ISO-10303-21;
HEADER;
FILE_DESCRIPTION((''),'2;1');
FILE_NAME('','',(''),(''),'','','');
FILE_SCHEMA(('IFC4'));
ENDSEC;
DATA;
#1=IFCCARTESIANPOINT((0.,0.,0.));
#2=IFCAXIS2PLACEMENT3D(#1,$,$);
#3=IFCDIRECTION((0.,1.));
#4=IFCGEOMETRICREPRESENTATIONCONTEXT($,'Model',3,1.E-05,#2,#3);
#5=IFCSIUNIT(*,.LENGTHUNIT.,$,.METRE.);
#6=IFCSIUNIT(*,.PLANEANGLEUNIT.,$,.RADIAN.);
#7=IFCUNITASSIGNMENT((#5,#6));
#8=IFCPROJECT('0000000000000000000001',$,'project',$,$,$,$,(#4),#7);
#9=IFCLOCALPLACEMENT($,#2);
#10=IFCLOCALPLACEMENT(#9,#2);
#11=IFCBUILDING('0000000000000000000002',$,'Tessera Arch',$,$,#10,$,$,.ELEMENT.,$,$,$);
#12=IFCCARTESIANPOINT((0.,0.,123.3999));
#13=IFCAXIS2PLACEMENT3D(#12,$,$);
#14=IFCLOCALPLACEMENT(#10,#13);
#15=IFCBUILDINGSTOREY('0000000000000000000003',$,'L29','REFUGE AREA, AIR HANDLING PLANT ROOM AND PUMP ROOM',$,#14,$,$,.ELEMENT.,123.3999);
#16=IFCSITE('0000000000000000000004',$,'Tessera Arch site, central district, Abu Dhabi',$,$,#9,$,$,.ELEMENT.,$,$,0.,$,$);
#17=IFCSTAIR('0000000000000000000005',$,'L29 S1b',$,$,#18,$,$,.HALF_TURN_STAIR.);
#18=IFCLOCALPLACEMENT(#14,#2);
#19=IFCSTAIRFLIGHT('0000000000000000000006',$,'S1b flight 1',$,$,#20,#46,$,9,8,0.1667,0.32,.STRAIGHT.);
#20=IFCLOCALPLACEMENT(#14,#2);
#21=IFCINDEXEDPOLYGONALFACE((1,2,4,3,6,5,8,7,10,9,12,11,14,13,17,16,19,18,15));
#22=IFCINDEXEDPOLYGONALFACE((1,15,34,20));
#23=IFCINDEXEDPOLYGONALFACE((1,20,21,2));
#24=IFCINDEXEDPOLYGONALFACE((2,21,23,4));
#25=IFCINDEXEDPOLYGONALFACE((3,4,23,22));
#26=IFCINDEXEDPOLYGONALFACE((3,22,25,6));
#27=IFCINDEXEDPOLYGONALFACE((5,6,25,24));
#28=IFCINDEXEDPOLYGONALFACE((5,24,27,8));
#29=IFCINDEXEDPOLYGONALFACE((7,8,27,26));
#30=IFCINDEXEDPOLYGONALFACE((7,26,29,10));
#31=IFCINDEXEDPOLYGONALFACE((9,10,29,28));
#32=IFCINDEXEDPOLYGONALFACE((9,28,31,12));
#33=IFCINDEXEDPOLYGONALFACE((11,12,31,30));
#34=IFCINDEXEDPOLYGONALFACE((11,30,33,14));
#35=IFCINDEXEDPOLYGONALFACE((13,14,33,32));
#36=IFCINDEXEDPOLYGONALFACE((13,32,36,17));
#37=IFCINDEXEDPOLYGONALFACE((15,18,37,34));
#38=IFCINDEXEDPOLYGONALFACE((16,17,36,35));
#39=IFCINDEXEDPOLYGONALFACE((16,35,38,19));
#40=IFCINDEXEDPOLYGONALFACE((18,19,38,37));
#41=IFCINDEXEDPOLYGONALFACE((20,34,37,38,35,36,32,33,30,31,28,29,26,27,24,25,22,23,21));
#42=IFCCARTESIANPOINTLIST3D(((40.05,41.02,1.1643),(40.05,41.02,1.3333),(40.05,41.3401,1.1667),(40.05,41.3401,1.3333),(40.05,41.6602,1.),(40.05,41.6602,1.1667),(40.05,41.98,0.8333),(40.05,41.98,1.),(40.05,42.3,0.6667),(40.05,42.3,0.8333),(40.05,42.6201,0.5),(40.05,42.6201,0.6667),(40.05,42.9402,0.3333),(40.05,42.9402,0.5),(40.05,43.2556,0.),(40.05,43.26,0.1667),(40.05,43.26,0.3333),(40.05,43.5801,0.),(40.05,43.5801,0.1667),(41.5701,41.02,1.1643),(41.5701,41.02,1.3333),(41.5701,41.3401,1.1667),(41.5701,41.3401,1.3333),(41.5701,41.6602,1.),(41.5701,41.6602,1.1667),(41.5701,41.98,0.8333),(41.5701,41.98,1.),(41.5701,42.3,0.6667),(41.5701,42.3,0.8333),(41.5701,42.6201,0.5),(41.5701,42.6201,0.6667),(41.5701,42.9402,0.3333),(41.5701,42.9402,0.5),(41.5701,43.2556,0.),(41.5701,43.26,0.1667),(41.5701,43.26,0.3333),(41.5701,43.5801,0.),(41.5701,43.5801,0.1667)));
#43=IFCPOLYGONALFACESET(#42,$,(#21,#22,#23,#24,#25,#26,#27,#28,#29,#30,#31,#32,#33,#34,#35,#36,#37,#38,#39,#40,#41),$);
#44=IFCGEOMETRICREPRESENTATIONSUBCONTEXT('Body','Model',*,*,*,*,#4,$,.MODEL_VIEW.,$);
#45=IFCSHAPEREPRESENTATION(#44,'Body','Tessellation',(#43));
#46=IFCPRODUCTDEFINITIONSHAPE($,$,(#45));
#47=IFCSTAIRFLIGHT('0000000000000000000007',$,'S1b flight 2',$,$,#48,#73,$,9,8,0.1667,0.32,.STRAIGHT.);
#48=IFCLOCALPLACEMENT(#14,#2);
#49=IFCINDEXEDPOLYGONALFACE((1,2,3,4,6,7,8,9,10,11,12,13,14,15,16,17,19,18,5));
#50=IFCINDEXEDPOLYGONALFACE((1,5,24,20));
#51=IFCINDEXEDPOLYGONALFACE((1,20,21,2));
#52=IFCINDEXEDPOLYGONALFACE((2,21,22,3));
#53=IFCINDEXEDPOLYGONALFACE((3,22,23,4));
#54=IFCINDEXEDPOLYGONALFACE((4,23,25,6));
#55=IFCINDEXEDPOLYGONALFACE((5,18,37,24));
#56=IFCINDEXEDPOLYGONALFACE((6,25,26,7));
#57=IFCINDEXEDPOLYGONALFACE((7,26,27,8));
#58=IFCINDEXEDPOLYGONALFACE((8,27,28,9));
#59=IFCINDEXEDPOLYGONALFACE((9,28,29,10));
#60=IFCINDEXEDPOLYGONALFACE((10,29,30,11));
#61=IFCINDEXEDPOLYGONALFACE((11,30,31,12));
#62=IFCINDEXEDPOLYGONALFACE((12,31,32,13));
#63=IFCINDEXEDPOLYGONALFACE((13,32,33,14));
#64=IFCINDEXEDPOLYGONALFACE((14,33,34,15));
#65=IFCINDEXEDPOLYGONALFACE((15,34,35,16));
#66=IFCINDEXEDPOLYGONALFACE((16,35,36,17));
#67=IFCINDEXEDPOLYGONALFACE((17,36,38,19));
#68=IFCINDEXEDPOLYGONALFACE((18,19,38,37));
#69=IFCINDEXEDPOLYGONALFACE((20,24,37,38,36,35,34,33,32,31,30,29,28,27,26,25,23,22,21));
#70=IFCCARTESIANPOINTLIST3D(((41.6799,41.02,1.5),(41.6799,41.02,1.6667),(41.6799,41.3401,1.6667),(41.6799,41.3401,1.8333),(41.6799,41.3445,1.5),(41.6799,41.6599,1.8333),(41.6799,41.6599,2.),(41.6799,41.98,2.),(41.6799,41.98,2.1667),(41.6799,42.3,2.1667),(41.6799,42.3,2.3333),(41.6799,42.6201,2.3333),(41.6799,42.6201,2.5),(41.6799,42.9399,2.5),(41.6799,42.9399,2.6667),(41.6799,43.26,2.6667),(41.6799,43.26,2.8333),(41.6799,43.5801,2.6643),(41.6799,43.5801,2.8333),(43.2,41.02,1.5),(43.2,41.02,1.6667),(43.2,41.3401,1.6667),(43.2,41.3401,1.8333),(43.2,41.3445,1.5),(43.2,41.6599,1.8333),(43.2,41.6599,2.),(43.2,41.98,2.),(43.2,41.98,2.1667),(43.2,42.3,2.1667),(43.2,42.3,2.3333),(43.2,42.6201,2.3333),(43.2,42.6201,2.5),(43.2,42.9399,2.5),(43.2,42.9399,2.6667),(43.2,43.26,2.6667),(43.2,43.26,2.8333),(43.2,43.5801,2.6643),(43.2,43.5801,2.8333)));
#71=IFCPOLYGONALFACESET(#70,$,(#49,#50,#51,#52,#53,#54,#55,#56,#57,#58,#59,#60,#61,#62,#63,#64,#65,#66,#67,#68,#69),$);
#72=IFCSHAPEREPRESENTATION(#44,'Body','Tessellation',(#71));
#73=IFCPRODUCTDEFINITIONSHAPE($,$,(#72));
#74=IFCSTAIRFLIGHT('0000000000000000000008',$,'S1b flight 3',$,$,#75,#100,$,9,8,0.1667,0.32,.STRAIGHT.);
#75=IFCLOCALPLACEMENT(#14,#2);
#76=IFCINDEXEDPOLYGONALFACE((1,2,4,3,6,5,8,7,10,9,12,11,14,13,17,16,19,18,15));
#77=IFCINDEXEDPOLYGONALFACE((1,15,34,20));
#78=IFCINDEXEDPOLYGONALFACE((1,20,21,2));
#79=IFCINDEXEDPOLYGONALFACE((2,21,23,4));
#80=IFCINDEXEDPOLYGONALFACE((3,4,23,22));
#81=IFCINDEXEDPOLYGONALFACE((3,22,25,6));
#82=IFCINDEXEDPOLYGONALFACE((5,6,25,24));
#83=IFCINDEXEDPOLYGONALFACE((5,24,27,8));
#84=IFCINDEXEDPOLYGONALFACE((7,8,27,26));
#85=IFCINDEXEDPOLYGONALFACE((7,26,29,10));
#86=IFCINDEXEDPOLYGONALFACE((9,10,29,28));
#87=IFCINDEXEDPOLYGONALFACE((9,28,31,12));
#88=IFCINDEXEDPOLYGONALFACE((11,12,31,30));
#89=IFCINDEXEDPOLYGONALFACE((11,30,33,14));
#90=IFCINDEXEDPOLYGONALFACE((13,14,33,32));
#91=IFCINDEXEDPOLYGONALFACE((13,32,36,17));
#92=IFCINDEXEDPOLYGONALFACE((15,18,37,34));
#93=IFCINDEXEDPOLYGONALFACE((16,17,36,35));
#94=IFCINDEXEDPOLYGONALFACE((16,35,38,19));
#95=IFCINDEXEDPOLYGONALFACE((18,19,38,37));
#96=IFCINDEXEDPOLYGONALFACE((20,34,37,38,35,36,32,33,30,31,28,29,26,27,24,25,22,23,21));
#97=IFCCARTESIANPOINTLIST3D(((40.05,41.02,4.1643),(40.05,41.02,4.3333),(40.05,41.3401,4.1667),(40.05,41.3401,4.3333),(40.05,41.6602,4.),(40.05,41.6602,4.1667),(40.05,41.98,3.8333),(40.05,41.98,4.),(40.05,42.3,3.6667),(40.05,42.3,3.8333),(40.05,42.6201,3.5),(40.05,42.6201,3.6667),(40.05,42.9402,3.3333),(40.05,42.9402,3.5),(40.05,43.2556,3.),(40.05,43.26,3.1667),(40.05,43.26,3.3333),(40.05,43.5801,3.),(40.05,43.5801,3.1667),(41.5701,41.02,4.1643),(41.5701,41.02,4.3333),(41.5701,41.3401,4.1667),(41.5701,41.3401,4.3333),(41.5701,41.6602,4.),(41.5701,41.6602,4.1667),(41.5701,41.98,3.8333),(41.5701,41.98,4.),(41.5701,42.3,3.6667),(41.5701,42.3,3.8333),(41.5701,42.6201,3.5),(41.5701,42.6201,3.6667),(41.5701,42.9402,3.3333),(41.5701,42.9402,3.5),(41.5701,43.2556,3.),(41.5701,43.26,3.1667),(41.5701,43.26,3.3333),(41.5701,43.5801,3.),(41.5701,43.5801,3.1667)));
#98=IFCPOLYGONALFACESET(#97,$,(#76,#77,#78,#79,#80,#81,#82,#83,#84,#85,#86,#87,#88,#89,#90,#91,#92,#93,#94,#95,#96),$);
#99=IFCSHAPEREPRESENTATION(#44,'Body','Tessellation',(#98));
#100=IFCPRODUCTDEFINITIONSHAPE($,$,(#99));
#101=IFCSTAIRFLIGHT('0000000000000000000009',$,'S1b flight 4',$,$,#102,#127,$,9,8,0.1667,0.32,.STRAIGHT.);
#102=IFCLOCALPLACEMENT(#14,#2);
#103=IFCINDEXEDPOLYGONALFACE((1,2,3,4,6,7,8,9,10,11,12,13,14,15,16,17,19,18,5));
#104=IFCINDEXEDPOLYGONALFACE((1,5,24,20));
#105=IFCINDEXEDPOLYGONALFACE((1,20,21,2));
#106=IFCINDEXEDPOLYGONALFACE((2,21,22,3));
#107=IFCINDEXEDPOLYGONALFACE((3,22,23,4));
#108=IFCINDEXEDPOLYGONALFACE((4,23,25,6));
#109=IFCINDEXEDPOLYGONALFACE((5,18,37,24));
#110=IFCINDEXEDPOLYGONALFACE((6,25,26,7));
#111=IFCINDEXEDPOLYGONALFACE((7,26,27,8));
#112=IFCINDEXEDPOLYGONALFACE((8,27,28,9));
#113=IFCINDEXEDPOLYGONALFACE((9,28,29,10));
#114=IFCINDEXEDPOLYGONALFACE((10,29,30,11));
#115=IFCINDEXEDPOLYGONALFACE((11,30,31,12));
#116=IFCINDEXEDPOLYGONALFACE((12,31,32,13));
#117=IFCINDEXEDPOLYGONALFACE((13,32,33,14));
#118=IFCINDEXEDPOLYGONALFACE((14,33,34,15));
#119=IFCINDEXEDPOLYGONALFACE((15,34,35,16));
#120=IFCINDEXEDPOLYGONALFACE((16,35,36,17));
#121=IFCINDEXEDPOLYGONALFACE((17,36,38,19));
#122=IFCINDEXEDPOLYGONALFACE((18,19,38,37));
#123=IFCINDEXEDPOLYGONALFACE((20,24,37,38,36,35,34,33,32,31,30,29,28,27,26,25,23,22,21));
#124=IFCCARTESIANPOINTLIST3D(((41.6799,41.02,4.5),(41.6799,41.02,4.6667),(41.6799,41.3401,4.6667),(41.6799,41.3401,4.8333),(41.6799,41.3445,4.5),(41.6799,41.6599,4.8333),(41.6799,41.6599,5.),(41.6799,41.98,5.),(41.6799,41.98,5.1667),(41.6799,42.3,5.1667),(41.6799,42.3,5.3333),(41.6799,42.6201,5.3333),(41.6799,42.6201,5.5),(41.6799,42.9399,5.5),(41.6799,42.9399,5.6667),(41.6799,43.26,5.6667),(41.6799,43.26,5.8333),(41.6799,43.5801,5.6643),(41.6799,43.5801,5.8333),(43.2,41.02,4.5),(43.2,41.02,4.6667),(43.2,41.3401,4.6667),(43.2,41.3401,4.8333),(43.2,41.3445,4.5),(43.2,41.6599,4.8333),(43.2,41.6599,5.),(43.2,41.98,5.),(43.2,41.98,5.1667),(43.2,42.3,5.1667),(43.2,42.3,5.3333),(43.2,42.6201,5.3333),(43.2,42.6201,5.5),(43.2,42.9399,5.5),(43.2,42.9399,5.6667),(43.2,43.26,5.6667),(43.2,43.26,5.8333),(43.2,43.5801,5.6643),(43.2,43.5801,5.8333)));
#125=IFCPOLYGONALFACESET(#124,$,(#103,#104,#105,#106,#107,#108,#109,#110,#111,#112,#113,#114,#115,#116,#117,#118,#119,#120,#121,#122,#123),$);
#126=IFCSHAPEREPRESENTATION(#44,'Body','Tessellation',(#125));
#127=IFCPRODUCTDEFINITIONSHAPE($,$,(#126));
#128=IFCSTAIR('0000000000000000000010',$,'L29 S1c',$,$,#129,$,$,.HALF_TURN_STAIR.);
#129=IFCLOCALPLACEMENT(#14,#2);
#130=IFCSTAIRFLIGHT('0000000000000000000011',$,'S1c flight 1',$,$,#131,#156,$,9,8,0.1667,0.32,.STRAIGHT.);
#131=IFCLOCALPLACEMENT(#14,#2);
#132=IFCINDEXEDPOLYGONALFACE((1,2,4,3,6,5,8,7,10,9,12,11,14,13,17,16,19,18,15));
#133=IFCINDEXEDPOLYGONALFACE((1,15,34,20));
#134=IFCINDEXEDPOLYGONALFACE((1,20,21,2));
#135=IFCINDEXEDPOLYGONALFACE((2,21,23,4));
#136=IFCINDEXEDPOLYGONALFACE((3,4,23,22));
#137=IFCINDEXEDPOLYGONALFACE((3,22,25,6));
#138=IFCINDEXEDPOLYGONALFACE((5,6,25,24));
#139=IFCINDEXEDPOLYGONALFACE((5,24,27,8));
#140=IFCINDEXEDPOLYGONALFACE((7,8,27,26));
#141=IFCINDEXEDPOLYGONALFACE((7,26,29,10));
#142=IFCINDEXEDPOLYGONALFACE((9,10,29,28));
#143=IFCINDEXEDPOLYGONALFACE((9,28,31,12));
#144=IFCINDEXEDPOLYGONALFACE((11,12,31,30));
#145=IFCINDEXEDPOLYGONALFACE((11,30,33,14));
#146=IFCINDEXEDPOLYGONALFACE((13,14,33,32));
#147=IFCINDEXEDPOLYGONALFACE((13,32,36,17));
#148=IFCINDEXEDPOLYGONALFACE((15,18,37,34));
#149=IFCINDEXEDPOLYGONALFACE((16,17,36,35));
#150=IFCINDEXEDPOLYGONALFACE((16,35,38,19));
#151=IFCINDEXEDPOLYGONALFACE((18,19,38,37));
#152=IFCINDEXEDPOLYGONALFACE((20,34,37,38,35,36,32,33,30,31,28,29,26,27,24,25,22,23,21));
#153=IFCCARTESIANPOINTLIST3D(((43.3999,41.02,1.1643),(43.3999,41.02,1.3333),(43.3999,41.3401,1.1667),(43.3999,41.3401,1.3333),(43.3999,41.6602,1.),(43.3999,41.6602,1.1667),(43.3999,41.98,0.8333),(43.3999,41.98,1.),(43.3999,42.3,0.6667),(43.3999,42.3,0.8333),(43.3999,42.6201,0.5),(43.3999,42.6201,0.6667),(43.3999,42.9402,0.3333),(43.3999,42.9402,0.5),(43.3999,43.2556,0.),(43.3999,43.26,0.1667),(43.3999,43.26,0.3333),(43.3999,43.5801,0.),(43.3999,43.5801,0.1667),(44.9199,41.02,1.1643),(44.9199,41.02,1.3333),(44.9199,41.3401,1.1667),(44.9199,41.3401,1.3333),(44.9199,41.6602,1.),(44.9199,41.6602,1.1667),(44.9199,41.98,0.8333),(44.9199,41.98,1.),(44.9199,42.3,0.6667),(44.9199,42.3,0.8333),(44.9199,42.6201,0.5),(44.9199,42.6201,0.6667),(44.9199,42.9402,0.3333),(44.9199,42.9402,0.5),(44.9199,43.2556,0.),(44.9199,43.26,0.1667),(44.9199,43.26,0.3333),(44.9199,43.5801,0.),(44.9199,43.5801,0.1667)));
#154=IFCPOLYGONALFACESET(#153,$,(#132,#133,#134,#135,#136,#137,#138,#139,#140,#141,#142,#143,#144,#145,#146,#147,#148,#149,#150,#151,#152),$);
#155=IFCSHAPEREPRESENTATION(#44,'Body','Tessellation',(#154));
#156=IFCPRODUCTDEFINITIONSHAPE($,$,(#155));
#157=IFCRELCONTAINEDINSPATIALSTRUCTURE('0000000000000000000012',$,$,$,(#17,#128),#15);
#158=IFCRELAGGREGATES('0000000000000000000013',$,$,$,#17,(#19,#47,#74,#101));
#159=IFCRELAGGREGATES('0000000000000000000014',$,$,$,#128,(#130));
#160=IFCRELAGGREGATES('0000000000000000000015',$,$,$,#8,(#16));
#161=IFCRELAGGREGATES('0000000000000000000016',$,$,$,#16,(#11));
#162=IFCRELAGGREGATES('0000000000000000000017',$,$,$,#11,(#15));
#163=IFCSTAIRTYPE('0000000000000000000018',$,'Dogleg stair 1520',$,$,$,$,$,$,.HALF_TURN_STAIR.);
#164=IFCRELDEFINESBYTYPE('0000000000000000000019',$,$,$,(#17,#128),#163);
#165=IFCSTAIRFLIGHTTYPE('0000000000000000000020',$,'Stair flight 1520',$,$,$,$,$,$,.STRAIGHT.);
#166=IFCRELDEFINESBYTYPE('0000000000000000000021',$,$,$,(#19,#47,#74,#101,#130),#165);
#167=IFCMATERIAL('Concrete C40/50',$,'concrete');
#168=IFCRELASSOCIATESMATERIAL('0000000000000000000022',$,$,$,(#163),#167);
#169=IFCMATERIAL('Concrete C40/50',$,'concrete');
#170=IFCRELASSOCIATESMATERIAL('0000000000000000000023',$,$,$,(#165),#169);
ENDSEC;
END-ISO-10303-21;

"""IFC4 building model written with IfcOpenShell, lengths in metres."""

from ifc_helpers import new_model, si_unit, direction, frame, origin, place, context, subcontext, project, spatial, polyline, outline, extrude, material, type_object, element, aggregate, save


model = new_model("IFC4")

# Units and contexts
model_context = context("Model", 3, precision=1e-05, world=origin(), true_north=direction((0.0, 1.0)))
body_context = subcontext(model_context, "Body", "Model", "MODEL_VIEW")
ifc_project = project(units=[si_unit("LENGTHUNIT", "METRE"), si_unit("PLANEANGLEUNIT", "RADIAN")], contexts=[model_context])

# Site, building, storey
site_placement = place(None, origin())
site = spatial("IfcSite", under=ifc_project, at=site_placement, Name="Tessera Arch site, central district, Abu Dhabi", CompositionType="ELEMENT", RefElevation=0.0)
building_placement = place(site_placement, origin())
building = spatial("IfcBuilding", under=site, at=building_placement, Name="Tessera Arch", CompositionType="ELEMENT")
storey_placement = place(building_placement, frame((0.0, 0.0, 123.3999)))
storey = spatial("IfcBuildingStorey", under=building, at=storey_placement, Name="L29", Description="REFUGE AREA, AIR HANDLING PLANT ROOM AND PUMP ROOM", CompositionType="ELEMENT", Elevation=123.3999)

# Stair, stair flights
ifc_material_1 = material(Name="Concrete C40/50", Category="concrete")
stair_type = type_object("IfcStairType", Name="Dogleg stair 1520", PredefinedType="HALF_TURN_STAIR", material=ifc_material_1)
stair_1_placement = place(storey_placement, origin())
stair_1 = element("IfcStair", 1, at=stair_1_placement, inside=storey, type_object=stair_type, Name="L29 S1b", PredefinedType="HALF_TURN_STAIR")
ifc_material_2 = material(Name="Concrete C40/50", Category="concrete")
stair_flight_type = type_object("IfcStairFlightType", Name="Stair flight 1520", PredefinedType="STRAIGHT", material=ifc_material_2)
stair_flight_1_placement = place(storey_placement, frame((40.8101, 43.5801, 0.0), z_axis=(0.0, 0.0, 1.0), x_axis=(0.0, -1.0, 0.0)))
stair_flight_1 = element("IfcStairFlight", 2, at=stair_flight_1_placement, type_object=stair_flight_type, Name="S1b flight 1", NumberOfRisers=9, NumberOfTreads=8, PredefinedType="STRAIGHT", RiserHeight=0.1667, TreadLength=0.32, context=body_context, shape_type="SweptSolid", body=[
    extrude(outline(polyline([(0.0, 0.0), (0.0, 0.1667), (0.3201, 0.1667), (0.3201, 0.3333), (0.6399, 0.3333), (0.6399, 0.5), (0.96, 0.5), (0.96, 0.6667), (1.28, 0.6667), (1.28, 0.8333), (1.6001, 0.8333), (1.6001, 1.0), (1.9199, 1.0), (1.9199, 1.1667), (2.24, 1.1667), (2.24, 1.3333), (2.5601, 1.3333), (2.5601, 1.5), (2.5601, 1.1643), (0.3245, 0.0), (0.0, 0.0)])), frame((0.0, 0.76, 0.0), z_axis=(0.0, -1.0, 0.0), x_axis=(1.0, 0.0, 0.0)), (0.0, 0.0, 1.0), 1.52),
])
stair_flight_2_placement = place(storey_placement, frame((42.4399, 41.02, 1.5), z_axis=(0.0, 0.0, 1.0), x_axis=(0.0, 1.0, 0.0)))
stair_flight_2 = element("IfcStairFlight", 3, at=stair_flight_2_placement, type_object=stair_flight_type, Name="S1b flight 2", NumberOfRisers=9, NumberOfTreads=8, PredefinedType="STRAIGHT", RiserHeight=0.1667, TreadLength=0.32, context=body_context, shape_type="SweptSolid", body=[
    extrude(outline(polyline([(0.0, 0.0), (0.0, 0.1667), (0.3201, 0.1667), (0.3201, 0.3333), (0.6399, 0.3333), (0.6399, 0.5), (0.96, 0.5), (0.96, 0.6667), (1.28, 0.6667), (1.28, 0.8333), (1.6001, 0.8333), (1.6001, 1.0), (1.9199, 1.0), (1.9199, 1.1667), (2.24, 1.1667), (2.24, 1.3333), (2.5601, 1.3333), (2.5601, 1.5), (2.5601, 1.1643), (0.3245, 0.0), (0.0, 0.0)])), frame((0.0, 0.76, 0.0), z_axis=(0.0, -1.0, 0.0), x_axis=(1.0, 0.0, 0.0)), (0.0, 0.0, 1.0), 1.52),
])
stair_flight_3_placement = place(storey_placement, frame((40.8101, 43.5801, 3.0), z_axis=(0.0, 0.0, 1.0), x_axis=(0.0, -1.0, 0.0)))
stair_flight_3 = element("IfcStairFlight", 4, at=stair_flight_3_placement, type_object=stair_flight_type, Name="S1b flight 3", NumberOfRisers=9, NumberOfTreads=8, PredefinedType="STRAIGHT", RiserHeight=0.1667, TreadLength=0.32, context=body_context, shape_type="SweptSolid", body=[
    extrude(outline(polyline([(0.0, 0.0), (0.0, 0.1667), (0.3201, 0.1667), (0.3201, 0.3333), (0.6399, 0.3333), (0.6399, 0.5), (0.96, 0.5), (0.96, 0.6667), (1.28, 0.6667), (1.28, 0.8333), (1.6001, 0.8333), (1.6001, 1.0), (1.9199, 1.0), (1.9199, 1.1667), (2.24, 1.1667), (2.24, 1.3333), (2.5601, 1.3333), (2.5601, 1.5), (2.5601, 1.1643), (0.3245, 0.0), (0.0, 0.0)])), frame((0.0, 0.76, 0.0), z_axis=(0.0, -1.0, 0.0), x_axis=(1.0, 0.0, 0.0)), (0.0, 0.0, 1.0), 1.52),
])
stair_flight_4_placement = place(storey_placement, frame((42.4399, 41.02, 4.5), z_axis=(0.0, 0.0, 1.0), x_axis=(0.0, 1.0, 0.0)))
stair_flight_4 = element("IfcStairFlight", 5, at=stair_flight_4_placement, type_object=stair_flight_type, Name="S1b flight 4", NumberOfRisers=9, NumberOfTreads=8, PredefinedType="STRAIGHT", RiserHeight=0.1667, TreadLength=0.32, context=body_context, shape_type="SweptSolid", body=[
    extrude(outline(polyline([(0.0, 0.0), (0.0, 0.1667), (0.3201, 0.1667), (0.3201, 0.3333), (0.6399, 0.3333), (0.6399, 0.5), (0.96, 0.5), (0.96, 0.6667), (1.28, 0.6667), (1.28, 0.8333), (1.6001, 0.8333), (1.6001, 1.0), (1.9199, 1.0), (1.9199, 1.1667), (2.24, 1.1667), (2.24, 1.3333), (2.5601, 1.3333), (2.5601, 1.5), (2.5601, 1.1643), (0.3245, 0.0), (0.0, 0.0)])), frame((0.0, 0.76, 0.0), z_axis=(0.0, -1.0, 0.0), x_axis=(1.0, 0.0, 0.0)), (0.0, 0.0, 1.0), 1.52),
])
aggregate(stair_1, [stair_flight_1, stair_flight_2, stair_flight_3, stair_flight_4])

# Stair, stair flight
stair_2_placement = place(storey_placement, origin())
stair_2 = element("IfcStair", 6, at=stair_2_placement, inside=storey, type_object=stair_type, Name="L29 S1c", PredefinedType="HALF_TURN_STAIR")
stair_flight_5_placement = place(storey_placement, frame((44.1599, 43.5801, 0.0), z_axis=(0.0, 0.0, 1.0), x_axis=(0.0, -1.0, 0.0)))
stair_flight_5 = element("IfcStairFlight", 7, at=stair_flight_5_placement, type_object=stair_flight_type, Name="S1c flight 1", NumberOfRisers=9, NumberOfTreads=8, PredefinedType="STRAIGHT", RiserHeight=0.1667, TreadLength=0.32, context=body_context, shape_type="SweptSolid", body=[
    extrude(outline(polyline([(0.0, 0.0), (0.0, 0.1667), (0.3201, 0.1667), (0.3201, 0.3333), (0.6399, 0.3333), (0.6399, 0.5), (0.96, 0.5), (0.96, 0.6667), (1.28, 0.6667), (1.28, 0.8333), (1.6001, 0.8333), (1.6001, 1.0), (1.9199, 1.0), (1.9199, 1.1667), (2.24, 1.1667), (2.24, 1.3333), (2.5601, 1.3333), (2.5601, 1.5), (2.5601, 1.1643), (0.3245, 0.0), (0.0, 0.0)])), frame((0.0, 0.76, 0.0), z_axis=(0.0, -1.0, 0.0), x_axis=(1.0, 0.0, 0.0)), (0.0, 0.0, 1.0), 1.52),
])
aggregate(stair_2, [stair_flight_5])

save(model, "model.ifc")
